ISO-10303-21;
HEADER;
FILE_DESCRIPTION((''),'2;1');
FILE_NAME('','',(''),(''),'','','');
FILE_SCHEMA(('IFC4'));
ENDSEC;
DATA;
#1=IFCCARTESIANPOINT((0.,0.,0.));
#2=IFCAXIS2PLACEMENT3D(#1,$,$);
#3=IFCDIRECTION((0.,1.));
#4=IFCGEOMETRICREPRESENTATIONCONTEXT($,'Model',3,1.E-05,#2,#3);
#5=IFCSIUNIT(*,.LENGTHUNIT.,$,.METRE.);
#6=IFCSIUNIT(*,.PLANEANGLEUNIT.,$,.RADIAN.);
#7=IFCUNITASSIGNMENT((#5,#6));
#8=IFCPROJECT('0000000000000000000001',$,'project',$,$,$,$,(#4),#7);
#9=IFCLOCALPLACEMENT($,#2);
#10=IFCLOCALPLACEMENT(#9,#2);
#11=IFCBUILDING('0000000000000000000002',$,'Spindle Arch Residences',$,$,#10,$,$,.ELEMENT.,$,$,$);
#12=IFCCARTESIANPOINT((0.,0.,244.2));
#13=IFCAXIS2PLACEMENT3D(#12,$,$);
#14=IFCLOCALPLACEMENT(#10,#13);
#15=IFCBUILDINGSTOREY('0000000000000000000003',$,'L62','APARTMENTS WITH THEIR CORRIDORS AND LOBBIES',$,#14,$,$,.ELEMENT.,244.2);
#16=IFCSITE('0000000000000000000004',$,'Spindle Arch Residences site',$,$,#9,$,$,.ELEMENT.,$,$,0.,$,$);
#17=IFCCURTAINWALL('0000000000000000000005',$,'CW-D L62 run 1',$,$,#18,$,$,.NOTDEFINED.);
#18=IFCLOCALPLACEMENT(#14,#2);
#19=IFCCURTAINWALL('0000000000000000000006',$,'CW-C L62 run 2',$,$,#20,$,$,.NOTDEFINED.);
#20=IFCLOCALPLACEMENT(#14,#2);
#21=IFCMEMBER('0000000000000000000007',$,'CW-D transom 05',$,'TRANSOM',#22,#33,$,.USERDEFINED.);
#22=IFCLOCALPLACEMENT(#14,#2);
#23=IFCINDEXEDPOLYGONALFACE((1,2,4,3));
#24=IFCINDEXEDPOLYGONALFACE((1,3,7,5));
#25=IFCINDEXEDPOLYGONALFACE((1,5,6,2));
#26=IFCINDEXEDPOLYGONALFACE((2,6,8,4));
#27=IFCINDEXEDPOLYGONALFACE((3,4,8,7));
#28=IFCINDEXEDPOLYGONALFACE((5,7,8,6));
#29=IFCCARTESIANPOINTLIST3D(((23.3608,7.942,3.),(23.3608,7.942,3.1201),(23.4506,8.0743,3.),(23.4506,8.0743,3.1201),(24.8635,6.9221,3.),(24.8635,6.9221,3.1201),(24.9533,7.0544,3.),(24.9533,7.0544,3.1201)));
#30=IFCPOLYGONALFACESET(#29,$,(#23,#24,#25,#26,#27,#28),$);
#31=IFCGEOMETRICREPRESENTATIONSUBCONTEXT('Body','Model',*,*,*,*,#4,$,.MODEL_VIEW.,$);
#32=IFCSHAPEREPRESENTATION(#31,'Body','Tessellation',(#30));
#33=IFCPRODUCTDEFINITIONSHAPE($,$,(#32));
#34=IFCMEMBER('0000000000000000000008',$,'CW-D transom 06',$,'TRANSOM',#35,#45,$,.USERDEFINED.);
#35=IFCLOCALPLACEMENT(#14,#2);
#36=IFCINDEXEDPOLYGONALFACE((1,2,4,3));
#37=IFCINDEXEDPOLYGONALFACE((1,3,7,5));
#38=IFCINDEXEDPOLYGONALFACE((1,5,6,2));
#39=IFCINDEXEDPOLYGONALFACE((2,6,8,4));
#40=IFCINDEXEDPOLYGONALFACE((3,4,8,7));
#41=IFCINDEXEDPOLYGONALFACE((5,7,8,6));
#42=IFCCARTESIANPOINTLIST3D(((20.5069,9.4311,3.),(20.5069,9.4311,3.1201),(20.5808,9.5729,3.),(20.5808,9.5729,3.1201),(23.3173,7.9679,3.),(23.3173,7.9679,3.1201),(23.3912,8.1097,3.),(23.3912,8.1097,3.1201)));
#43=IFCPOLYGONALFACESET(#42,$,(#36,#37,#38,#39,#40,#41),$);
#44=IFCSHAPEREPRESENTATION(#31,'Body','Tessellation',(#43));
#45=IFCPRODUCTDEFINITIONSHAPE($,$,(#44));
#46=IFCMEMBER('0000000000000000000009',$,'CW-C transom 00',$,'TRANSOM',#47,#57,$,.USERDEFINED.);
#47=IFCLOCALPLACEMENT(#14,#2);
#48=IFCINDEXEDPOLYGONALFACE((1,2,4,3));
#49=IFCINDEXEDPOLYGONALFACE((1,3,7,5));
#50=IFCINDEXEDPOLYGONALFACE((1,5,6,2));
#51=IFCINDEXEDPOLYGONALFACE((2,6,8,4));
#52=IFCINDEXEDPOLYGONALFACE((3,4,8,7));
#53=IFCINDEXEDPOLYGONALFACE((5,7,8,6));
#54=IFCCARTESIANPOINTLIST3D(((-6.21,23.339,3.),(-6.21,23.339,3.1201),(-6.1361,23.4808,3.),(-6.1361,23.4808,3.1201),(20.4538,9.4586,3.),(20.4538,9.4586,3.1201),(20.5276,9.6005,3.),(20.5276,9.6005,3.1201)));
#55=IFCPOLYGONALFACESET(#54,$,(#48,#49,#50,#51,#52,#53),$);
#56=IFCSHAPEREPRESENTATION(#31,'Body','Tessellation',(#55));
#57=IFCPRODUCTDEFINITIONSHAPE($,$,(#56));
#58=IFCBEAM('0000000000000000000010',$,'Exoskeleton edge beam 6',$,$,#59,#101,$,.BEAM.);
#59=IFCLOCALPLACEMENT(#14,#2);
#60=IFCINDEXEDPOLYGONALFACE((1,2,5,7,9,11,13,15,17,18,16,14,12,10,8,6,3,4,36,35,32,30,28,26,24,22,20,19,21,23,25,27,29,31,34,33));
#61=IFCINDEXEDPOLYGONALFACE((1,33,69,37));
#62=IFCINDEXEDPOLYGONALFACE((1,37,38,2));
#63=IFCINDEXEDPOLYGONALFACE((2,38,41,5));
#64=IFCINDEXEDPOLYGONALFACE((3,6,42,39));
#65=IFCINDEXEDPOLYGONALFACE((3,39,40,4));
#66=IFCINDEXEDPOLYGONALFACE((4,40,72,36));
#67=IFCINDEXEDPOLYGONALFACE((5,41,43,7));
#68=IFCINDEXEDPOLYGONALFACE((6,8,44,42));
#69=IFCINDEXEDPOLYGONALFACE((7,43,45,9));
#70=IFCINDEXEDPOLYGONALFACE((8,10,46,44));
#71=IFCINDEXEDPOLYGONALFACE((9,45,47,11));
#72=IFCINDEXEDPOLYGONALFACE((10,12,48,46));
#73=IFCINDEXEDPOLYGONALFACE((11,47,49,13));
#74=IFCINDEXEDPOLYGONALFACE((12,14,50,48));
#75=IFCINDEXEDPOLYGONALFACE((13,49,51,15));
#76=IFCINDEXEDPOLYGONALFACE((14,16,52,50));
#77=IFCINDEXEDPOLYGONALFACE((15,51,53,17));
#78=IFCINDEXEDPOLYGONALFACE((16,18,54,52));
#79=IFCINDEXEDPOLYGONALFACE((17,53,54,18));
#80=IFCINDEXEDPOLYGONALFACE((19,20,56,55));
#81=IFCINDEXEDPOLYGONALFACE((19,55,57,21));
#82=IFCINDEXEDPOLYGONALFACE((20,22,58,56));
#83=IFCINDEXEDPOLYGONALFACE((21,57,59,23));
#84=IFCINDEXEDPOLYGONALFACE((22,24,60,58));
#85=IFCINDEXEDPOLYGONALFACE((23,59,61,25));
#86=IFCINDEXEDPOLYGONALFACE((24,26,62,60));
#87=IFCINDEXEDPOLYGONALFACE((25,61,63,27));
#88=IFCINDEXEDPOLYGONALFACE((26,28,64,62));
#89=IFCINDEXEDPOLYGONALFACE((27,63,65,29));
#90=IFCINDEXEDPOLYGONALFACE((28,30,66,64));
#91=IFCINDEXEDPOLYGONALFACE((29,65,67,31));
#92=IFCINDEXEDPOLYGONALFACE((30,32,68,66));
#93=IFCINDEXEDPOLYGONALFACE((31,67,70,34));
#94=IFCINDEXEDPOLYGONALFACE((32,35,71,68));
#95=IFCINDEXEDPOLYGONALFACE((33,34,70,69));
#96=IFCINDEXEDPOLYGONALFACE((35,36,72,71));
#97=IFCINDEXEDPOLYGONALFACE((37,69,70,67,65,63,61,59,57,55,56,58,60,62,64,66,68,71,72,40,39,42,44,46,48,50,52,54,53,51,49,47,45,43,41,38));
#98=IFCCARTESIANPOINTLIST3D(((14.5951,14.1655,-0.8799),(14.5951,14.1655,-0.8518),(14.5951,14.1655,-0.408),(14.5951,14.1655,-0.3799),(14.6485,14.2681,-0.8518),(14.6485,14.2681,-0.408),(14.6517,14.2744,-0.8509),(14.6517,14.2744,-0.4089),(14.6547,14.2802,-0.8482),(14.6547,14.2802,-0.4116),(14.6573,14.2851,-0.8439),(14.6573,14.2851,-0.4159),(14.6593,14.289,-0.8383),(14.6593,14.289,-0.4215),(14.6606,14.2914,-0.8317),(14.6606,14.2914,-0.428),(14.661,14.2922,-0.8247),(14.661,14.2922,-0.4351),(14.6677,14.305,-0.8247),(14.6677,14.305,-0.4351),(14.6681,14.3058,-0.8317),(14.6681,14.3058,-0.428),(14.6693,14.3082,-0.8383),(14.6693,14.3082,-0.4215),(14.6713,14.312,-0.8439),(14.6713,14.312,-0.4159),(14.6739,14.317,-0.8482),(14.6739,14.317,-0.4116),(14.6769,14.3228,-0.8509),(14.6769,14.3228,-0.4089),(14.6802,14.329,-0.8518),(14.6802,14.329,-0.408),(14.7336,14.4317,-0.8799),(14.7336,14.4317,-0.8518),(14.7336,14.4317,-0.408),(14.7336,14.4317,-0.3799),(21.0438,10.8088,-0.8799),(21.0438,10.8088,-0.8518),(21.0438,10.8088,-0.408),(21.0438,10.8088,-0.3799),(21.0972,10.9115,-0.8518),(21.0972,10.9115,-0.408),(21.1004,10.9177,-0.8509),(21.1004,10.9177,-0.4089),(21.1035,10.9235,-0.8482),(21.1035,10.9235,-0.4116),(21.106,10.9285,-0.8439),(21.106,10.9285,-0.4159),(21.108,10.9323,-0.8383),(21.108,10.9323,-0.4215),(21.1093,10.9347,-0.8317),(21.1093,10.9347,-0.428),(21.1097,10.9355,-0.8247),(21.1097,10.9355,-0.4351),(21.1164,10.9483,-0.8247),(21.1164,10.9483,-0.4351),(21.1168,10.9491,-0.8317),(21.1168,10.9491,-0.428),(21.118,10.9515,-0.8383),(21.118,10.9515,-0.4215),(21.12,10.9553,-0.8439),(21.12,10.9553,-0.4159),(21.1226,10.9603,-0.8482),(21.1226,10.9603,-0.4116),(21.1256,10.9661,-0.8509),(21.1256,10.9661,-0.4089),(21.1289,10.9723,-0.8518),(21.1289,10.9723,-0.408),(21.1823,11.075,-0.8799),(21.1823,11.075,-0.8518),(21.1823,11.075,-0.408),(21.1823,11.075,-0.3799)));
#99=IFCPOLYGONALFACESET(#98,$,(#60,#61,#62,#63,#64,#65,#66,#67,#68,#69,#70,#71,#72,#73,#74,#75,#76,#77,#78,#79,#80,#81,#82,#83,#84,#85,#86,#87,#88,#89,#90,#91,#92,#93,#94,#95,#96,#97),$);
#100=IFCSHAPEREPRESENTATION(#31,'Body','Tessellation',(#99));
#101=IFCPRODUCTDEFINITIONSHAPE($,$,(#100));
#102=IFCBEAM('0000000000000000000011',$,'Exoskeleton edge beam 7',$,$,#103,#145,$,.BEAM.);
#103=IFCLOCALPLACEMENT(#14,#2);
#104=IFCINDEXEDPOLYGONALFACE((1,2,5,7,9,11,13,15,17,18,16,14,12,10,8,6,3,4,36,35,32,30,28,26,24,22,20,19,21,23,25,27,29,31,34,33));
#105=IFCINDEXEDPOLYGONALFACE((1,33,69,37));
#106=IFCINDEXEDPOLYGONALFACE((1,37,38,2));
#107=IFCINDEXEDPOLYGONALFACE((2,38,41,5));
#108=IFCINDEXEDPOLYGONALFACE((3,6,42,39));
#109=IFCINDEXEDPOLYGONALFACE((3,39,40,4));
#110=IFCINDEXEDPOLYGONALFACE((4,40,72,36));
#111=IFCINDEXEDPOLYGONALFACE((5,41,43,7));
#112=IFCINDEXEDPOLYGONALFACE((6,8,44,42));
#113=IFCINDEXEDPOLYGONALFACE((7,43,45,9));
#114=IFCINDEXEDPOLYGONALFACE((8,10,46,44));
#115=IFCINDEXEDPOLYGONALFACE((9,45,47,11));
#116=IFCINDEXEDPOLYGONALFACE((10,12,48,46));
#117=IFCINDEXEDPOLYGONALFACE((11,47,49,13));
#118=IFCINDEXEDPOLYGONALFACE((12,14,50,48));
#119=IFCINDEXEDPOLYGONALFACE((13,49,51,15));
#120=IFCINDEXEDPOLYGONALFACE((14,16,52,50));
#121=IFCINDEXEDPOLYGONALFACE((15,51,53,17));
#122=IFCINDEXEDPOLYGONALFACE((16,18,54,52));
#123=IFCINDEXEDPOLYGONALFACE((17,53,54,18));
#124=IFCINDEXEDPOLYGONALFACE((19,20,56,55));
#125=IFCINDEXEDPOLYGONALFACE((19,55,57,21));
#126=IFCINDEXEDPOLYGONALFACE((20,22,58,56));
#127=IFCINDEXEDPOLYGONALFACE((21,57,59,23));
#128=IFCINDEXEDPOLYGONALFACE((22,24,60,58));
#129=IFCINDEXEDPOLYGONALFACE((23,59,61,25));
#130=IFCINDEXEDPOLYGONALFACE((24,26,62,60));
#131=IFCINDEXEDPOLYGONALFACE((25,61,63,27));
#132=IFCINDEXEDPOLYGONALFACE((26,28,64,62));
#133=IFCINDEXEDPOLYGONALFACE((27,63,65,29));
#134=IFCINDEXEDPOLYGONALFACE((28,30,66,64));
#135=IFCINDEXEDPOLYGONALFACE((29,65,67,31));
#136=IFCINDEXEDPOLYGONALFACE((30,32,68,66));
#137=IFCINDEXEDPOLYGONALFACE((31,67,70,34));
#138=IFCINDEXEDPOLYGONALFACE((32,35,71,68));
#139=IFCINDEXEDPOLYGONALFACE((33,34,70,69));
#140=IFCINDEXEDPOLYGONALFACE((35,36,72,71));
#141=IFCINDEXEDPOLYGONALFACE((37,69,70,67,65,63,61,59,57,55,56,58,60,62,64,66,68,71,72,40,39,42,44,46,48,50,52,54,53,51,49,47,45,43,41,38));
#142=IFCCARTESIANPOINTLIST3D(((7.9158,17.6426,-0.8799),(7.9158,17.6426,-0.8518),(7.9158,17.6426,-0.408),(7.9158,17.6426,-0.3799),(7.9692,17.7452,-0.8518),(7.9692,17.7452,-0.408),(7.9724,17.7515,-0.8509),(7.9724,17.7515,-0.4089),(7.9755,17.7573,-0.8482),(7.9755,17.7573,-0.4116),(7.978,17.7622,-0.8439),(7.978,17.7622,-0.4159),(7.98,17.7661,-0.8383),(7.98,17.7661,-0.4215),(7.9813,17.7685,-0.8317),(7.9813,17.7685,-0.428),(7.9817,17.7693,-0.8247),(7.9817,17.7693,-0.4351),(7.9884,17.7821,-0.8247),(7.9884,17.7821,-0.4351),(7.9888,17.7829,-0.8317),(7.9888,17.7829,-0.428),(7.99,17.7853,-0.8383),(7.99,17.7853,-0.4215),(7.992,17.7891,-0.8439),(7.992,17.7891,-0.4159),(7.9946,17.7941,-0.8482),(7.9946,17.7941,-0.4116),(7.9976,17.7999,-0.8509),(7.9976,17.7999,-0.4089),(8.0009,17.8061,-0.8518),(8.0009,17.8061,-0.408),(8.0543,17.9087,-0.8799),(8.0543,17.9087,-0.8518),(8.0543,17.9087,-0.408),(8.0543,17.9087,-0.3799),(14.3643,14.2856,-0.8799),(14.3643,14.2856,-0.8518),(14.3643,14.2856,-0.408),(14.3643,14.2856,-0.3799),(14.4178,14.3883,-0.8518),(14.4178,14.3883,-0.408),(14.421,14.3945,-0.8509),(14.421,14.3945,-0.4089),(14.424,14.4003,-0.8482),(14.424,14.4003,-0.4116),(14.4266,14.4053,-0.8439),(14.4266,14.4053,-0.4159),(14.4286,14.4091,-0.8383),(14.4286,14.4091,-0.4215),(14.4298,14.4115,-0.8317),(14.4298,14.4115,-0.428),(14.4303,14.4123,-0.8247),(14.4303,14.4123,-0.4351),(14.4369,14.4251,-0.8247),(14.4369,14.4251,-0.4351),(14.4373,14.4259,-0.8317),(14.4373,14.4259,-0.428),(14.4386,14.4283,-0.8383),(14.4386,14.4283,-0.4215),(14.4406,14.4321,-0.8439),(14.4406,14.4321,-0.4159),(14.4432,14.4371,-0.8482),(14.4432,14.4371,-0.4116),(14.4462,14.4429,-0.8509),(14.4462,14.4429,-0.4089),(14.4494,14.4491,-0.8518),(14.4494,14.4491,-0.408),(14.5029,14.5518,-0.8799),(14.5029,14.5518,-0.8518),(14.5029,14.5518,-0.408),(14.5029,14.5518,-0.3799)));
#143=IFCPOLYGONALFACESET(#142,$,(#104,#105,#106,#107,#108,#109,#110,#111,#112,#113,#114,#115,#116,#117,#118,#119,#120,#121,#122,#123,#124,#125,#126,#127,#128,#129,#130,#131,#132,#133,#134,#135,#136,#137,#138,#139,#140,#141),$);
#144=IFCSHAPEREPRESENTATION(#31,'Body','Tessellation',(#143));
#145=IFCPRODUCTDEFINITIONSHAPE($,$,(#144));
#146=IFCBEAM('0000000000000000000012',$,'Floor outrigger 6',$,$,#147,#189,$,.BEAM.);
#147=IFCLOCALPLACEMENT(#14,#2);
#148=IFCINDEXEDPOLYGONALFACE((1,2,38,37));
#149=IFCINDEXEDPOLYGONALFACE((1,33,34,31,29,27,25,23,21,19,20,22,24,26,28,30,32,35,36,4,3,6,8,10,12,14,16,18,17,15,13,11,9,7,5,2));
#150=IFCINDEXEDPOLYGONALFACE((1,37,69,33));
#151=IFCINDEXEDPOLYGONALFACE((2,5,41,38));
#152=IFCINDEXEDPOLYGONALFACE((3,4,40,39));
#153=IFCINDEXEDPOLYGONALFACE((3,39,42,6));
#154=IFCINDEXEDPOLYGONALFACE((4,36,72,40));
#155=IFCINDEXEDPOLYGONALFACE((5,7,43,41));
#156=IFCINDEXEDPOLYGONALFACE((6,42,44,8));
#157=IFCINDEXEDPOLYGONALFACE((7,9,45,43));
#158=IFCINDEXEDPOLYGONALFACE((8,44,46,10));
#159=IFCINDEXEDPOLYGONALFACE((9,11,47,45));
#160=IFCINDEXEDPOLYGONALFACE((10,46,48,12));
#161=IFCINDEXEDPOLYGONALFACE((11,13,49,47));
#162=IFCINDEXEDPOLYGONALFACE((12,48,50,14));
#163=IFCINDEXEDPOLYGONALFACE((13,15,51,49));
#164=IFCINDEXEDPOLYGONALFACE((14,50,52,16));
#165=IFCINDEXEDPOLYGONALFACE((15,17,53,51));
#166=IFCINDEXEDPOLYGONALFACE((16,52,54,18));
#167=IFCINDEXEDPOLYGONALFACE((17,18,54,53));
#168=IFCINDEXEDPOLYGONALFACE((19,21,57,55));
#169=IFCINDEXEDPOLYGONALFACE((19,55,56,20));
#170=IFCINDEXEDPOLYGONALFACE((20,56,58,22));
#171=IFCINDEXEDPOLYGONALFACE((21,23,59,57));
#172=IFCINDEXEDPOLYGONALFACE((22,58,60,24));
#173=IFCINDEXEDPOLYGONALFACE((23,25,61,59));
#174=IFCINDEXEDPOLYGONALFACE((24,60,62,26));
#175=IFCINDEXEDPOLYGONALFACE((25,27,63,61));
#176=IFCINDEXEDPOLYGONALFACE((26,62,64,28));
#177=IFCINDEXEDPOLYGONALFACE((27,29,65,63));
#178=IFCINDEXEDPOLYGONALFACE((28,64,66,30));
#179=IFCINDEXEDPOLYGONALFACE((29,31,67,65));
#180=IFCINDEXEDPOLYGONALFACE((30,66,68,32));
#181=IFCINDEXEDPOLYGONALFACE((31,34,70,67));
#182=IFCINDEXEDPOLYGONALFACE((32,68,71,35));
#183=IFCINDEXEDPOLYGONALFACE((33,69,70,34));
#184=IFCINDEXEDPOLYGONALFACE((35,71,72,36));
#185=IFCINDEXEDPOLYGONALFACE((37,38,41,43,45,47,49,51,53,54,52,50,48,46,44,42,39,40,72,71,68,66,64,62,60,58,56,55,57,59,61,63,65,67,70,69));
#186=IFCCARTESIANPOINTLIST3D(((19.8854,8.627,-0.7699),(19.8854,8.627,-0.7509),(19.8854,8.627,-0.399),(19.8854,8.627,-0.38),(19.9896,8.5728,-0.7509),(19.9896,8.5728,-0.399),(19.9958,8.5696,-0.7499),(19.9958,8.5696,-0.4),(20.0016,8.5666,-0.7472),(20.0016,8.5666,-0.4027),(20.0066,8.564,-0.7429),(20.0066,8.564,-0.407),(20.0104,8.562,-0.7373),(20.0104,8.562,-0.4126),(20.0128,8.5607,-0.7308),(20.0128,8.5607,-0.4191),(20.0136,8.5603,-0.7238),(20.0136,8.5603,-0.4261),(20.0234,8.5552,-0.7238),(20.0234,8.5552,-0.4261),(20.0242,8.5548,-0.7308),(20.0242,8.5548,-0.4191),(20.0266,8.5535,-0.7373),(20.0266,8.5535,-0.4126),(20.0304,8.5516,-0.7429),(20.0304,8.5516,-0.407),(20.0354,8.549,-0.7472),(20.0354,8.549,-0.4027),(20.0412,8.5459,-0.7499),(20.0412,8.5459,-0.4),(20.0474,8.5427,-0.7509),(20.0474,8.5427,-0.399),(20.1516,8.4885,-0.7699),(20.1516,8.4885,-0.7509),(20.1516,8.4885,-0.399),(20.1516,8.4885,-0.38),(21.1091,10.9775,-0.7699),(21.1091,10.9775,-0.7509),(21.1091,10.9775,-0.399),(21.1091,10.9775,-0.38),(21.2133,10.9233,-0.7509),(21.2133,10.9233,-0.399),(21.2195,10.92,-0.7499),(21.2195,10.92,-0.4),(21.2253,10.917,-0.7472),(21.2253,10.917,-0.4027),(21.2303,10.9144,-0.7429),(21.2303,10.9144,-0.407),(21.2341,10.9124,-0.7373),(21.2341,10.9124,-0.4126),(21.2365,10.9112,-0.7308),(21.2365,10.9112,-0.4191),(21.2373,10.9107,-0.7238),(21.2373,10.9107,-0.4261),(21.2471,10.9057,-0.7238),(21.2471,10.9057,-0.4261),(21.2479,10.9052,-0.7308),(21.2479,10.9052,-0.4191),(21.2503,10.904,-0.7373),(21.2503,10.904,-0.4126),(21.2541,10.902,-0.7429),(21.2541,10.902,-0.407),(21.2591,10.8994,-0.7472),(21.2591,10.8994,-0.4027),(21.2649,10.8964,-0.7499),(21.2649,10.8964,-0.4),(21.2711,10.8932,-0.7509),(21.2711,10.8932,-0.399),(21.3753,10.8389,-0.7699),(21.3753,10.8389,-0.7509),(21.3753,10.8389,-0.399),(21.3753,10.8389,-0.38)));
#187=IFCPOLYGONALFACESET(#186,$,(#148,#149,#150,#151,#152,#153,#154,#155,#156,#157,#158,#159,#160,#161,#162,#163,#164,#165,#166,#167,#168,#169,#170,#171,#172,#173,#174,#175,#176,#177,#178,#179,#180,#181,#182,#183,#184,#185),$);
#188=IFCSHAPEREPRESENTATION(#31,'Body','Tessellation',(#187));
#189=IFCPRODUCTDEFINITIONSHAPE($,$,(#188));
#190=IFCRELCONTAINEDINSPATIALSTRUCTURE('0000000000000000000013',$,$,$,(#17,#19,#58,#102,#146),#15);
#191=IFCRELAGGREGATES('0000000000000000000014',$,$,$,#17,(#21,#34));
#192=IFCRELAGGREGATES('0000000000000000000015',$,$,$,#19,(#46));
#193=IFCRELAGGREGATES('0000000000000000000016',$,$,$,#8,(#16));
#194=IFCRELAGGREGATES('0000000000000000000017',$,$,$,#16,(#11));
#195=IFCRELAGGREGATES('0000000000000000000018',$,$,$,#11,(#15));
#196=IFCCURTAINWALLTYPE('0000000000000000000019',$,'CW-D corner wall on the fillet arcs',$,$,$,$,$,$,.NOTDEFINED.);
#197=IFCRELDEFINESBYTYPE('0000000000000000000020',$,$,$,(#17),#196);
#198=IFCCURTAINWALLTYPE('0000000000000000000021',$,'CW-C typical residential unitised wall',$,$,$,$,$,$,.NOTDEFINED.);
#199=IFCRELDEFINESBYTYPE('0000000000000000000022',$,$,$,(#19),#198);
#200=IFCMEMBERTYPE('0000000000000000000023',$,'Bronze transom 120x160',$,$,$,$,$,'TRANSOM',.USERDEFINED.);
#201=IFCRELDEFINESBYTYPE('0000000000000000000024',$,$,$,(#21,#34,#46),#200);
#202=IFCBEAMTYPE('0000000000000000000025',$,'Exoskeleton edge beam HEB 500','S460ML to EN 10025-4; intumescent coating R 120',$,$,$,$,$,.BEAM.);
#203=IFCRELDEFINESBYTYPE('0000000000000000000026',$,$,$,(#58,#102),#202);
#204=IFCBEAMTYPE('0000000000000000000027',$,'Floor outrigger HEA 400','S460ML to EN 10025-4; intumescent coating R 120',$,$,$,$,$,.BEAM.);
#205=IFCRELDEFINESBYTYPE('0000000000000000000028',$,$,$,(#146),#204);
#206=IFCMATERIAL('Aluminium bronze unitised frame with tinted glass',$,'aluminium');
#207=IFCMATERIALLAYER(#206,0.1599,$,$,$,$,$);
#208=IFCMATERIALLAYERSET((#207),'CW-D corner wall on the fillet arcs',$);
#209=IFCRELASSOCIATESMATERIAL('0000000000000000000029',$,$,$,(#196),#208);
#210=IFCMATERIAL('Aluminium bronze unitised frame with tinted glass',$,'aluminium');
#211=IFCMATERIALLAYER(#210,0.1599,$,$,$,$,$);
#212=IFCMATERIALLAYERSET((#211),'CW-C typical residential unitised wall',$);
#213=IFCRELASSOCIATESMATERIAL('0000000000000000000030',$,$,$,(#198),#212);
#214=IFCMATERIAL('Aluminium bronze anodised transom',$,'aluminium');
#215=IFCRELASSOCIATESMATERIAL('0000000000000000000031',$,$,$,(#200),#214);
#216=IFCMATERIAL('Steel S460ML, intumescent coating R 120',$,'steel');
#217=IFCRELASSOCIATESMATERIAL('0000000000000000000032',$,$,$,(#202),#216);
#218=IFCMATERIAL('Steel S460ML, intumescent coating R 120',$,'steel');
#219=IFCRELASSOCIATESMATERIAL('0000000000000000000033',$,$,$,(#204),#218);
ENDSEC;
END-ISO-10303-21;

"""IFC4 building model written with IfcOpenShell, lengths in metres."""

from ifc_helpers import new_model, si_unit, direction, frame, origin, origin_2d, place, context, subcontext, project, spatial, rectangle, i_section, extrude, material, layer, layer_set, material_profile, profile_set, type_object, element, aggregate, save


model = new_model("IFC4")

# Units and contexts
model_context = context("Model", 3, precision=1e-05, world=origin(), true_north=direction((0.0, 1.0)))
body_context = subcontext(model_context, "Body", "Model", "MODEL_VIEW")
ifc_project = project(units=[si_unit("LENGTHUNIT", "METRE"), si_unit("PLANEANGLEUNIT", "RADIAN")], contexts=[model_context])

# Site, building, storey
site_placement = place(None, origin())
site = spatial("IfcSite", under=ifc_project, at=site_placement, Name="Spindle Arch Residences site", CompositionType="ELEMENT", RefElevation=0.0)
building_placement = place(site_placement, origin())
building = spatial("IfcBuilding", under=site, at=building_placement, Name="Spindle Arch Residences", CompositionType="ELEMENT")
storey_placement = place(building_placement, frame((0.0, 0.0, 244.2)))
storey = spatial("IfcBuildingStorey", under=building, at=storey_placement, Name="L62", Description="APARTMENTS WITH THEIR CORRIDORS AND LOBBIES", CompositionType="ELEMENT", Elevation=244.2)

# Curtain walls
ifc_material_1 = material(Name="Aluminium bronze unitised frame with tinted glass", Category="aluminium")
ifc_layer_1 = layer(ifc_material_1, 0.1599)
ifc_layer_set_1 = layer_set([ifc_layer_1], Name="CW-D corner wall on the fillet arcs")
curtain_wall_type_1 = type_object("IfcCurtainWallType", Name="CW-D corner wall on the fillet arcs", PredefinedType="NOTDEFINED", material=ifc_layer_set_1)
curtain_wall_1_placement = place(storey_placement, origin())
curtain_wall_1 = element("IfcCurtainWall", 1, at=curtain_wall_1_placement, inside=storey, type_object=curtain_wall_type_1, Name="CW-D L62 run 1", PredefinedType="NOTDEFINED")
ifc_material_2 = material(Name="Aluminium bronze unitised frame with tinted glass", Category="aluminium")
ifc_layer_2 = layer(ifc_material_2, 0.1599)
ifc_layer_set_2 = layer_set([ifc_layer_2], Name="CW-C typical residential unitised wall")
curtain_wall_type_2 = type_object("IfcCurtainWallType", Name="CW-C typical residential unitised wall", PredefinedType="NOTDEFINED", material=ifc_layer_set_2)
curtain_wall_2_placement = place(storey_placement, origin())
curtain_wall_2 = element("IfcCurtainWall", 2, at=curtain_wall_2_placement, inside=storey, type_object=curtain_wall_type_2, Name="CW-C L62 run 2", PredefinedType="NOTDEFINED")

# Members
ifc_material_3 = material(Name="Aluminium bronze anodised transom", Category="aluminium")
ifc_material_profile_1 = material_profile(ifc_material_3, rectangle(XDim=0.1599, YDim=0.1201, at=origin_2d()), Name="TR 120x160")
ifc_profile_set_1 = profile_set([ifc_material_profile_1], Name="Aluminium bronze anodised transom")
member_type_1 = type_object("IfcMemberType", Name="Bronze transom 120x160", ElementType="TRANSOM", PredefinedType="USERDEFINED", material=ifc_profile_set_1)
member_1_placement = place(storey_placement, frame((24.9084, 6.9883, 3.0601), z_axis=(-0.827451, 0.561538, 0.0), x_axis=(-0.561538, -0.827451, 0.0)))
member_1 = element("IfcMember", 3, at=member_1_placement, type_object=member_type_1, Name="CW-D transom 05", ObjectType="TRANSOM", PredefinedType="USERDEFINED", context=body_context, shape_type="SweptSolid", body=[
    extrude(rectangle(XDim=0.1599, YDim=0.1201, at=origin_2d()), origin(), (0.0, 0.0, 1.0), 1.8162),
])
member_2_placement = place(storey_placement, frame((23.3542, 8.0388, 3.0601), z_axis=(-0.886987, 0.461794, 0.0), x_axis=(-0.461794, -0.886987, 0.0)))
member_2 = element("IfcMember", 4, at=member_2_placement, type_object=member_type_1, Name="CW-D transom 06", ObjectType="TRANSOM", PredefinedType="USERDEFINED", context=body_context, shape_type="SweptSolid", body=[
    extrude(rectangle(XDim=0.1599, YDim=0.1201, at=origin_2d()), origin(), (0.0, 0.0, 1.0), 3.1685),
])
member_3_placement = place(storey_placement, frame((20.4907, 9.5295, 3.0601), z_axis=(-0.88701, 0.46175, 0.0), x_axis=(-0.46175, -0.88701, 0.0)))
member_3 = element("IfcMember", 5, at=member_3_placement, type_object=member_type_1, Name="CW-C transom 00", ObjectType="TRANSOM", PredefinedType="USERDEFINED", context=body_context, shape_type="SweptSolid", body=[
    extrude(rectangle(XDim=0.1599, YDim=0.1201, at=origin_2d()), origin(), (0.0, 0.0, 1.0), 30.0603),
])

# Beams
ifc_material_4 = material(Name="Steel S460ML, intumescent coating R 120", Category="steel")
ifc_material_profile_2 = material_profile(ifc_material_4, i_section(OverallWidth=0.3, OverallDepth=0.5, WebThickness=0.0144, FlangeThickness=0.0281, FilletRadius=0.0271, at=origin_2d()), Name="HEB 500")
ifc_profile_set_2 = profile_set([ifc_material_profile_2], Name="Steel S460ML, intumescent coating R 120")
beam_type_1 = type_object("IfcBeamType", Name="Exoskeleton edge beam HEB 500", Description="S460ML to EN 10025-4; intumescent coating R 120", PredefinedType="BEAM", material=ifc_profile_set_2)
for number, where, z_axis, x_axis, name in (
    (6, (21.113, 10.9419, -0.6299), (-0.887028, 0.461715, 0.0), (-0.461715, -0.887028, 0.0), "Exoskeleton edge beam 6"),
    (7, (14.4336, 14.4187, -0.6299), (-0.887007, 0.461756, 0.0), (-0.461756, -0.887007, 0.0), "Exoskeleton edge beam 7"),
):
    element("IfcBeam", number, at=place(storey_placement, frame(where, z_axis=z_axis, x_axis=x_axis)), inside=storey, type_object=beam_type_1, Name=name, PredefinedType="BEAM", context=body_context, shape_type="SweptSolid", body=[
        extrude(i_section(OverallWidth=0.3, OverallDepth=0.5, WebThickness=0.0144, FlangeThickness=0.0281, FilletRadius=0.0271, at=origin_2d()), origin(), (0.0, 0.0, 1.0), 7.27),
    ])
ifc_material_5 = material(Name="Steel S460ML, intumescent coating R 120", Category="steel")
ifc_material_profile_3 = material_profile(ifc_material_5, i_section(OverallWidth=0.3, OverallDepth=0.3899, WebThickness=0.011, FlangeThickness=0.019, FilletRadius=0.0271, at=origin_2d()), Name="HEA 400")
ifc_profile_set_3 = profile_set([ifc_material_profile_3], Name="Steel S460ML, intumescent coating R 120")
beam_type_2 = type_object("IfcBeamType", Name="Floor outrigger HEA 400", Description="S460ML to EN 10025-4; intumescent coating R 120", PredefinedType="BEAM", material=ifc_profile_set_3)
for number, where, z_axis, x_axis, name in (
    (8, (21.2422, 10.9082, -0.575), (-0.461785, -0.886992, 0.0), (0.886992, -0.461785, 0.0), "Floor outrigger 6"),
):
    element("IfcBeam", number, at=place(storey_placement, frame(where, z_axis=z_axis, x_axis=x_axis)), inside=storey, type_object=beam_type_2, Name=name, PredefinedType="BEAM", context=body_context, shape_type="SweptSolid", body=[
        extrude(i_section(OverallWidth=0.3, OverallDepth=0.3899, WebThickness=0.011, FlangeThickness=0.019, FilletRadius=0.0271, at=origin_2d()), origin(), (0.0, 0.0, 1.0), 2.6499),
    ])

aggregate(curtain_wall_1, [member_1, member_2])
aggregate(curtain_wall_2, [member_3])

save(model, "model.ifc")
